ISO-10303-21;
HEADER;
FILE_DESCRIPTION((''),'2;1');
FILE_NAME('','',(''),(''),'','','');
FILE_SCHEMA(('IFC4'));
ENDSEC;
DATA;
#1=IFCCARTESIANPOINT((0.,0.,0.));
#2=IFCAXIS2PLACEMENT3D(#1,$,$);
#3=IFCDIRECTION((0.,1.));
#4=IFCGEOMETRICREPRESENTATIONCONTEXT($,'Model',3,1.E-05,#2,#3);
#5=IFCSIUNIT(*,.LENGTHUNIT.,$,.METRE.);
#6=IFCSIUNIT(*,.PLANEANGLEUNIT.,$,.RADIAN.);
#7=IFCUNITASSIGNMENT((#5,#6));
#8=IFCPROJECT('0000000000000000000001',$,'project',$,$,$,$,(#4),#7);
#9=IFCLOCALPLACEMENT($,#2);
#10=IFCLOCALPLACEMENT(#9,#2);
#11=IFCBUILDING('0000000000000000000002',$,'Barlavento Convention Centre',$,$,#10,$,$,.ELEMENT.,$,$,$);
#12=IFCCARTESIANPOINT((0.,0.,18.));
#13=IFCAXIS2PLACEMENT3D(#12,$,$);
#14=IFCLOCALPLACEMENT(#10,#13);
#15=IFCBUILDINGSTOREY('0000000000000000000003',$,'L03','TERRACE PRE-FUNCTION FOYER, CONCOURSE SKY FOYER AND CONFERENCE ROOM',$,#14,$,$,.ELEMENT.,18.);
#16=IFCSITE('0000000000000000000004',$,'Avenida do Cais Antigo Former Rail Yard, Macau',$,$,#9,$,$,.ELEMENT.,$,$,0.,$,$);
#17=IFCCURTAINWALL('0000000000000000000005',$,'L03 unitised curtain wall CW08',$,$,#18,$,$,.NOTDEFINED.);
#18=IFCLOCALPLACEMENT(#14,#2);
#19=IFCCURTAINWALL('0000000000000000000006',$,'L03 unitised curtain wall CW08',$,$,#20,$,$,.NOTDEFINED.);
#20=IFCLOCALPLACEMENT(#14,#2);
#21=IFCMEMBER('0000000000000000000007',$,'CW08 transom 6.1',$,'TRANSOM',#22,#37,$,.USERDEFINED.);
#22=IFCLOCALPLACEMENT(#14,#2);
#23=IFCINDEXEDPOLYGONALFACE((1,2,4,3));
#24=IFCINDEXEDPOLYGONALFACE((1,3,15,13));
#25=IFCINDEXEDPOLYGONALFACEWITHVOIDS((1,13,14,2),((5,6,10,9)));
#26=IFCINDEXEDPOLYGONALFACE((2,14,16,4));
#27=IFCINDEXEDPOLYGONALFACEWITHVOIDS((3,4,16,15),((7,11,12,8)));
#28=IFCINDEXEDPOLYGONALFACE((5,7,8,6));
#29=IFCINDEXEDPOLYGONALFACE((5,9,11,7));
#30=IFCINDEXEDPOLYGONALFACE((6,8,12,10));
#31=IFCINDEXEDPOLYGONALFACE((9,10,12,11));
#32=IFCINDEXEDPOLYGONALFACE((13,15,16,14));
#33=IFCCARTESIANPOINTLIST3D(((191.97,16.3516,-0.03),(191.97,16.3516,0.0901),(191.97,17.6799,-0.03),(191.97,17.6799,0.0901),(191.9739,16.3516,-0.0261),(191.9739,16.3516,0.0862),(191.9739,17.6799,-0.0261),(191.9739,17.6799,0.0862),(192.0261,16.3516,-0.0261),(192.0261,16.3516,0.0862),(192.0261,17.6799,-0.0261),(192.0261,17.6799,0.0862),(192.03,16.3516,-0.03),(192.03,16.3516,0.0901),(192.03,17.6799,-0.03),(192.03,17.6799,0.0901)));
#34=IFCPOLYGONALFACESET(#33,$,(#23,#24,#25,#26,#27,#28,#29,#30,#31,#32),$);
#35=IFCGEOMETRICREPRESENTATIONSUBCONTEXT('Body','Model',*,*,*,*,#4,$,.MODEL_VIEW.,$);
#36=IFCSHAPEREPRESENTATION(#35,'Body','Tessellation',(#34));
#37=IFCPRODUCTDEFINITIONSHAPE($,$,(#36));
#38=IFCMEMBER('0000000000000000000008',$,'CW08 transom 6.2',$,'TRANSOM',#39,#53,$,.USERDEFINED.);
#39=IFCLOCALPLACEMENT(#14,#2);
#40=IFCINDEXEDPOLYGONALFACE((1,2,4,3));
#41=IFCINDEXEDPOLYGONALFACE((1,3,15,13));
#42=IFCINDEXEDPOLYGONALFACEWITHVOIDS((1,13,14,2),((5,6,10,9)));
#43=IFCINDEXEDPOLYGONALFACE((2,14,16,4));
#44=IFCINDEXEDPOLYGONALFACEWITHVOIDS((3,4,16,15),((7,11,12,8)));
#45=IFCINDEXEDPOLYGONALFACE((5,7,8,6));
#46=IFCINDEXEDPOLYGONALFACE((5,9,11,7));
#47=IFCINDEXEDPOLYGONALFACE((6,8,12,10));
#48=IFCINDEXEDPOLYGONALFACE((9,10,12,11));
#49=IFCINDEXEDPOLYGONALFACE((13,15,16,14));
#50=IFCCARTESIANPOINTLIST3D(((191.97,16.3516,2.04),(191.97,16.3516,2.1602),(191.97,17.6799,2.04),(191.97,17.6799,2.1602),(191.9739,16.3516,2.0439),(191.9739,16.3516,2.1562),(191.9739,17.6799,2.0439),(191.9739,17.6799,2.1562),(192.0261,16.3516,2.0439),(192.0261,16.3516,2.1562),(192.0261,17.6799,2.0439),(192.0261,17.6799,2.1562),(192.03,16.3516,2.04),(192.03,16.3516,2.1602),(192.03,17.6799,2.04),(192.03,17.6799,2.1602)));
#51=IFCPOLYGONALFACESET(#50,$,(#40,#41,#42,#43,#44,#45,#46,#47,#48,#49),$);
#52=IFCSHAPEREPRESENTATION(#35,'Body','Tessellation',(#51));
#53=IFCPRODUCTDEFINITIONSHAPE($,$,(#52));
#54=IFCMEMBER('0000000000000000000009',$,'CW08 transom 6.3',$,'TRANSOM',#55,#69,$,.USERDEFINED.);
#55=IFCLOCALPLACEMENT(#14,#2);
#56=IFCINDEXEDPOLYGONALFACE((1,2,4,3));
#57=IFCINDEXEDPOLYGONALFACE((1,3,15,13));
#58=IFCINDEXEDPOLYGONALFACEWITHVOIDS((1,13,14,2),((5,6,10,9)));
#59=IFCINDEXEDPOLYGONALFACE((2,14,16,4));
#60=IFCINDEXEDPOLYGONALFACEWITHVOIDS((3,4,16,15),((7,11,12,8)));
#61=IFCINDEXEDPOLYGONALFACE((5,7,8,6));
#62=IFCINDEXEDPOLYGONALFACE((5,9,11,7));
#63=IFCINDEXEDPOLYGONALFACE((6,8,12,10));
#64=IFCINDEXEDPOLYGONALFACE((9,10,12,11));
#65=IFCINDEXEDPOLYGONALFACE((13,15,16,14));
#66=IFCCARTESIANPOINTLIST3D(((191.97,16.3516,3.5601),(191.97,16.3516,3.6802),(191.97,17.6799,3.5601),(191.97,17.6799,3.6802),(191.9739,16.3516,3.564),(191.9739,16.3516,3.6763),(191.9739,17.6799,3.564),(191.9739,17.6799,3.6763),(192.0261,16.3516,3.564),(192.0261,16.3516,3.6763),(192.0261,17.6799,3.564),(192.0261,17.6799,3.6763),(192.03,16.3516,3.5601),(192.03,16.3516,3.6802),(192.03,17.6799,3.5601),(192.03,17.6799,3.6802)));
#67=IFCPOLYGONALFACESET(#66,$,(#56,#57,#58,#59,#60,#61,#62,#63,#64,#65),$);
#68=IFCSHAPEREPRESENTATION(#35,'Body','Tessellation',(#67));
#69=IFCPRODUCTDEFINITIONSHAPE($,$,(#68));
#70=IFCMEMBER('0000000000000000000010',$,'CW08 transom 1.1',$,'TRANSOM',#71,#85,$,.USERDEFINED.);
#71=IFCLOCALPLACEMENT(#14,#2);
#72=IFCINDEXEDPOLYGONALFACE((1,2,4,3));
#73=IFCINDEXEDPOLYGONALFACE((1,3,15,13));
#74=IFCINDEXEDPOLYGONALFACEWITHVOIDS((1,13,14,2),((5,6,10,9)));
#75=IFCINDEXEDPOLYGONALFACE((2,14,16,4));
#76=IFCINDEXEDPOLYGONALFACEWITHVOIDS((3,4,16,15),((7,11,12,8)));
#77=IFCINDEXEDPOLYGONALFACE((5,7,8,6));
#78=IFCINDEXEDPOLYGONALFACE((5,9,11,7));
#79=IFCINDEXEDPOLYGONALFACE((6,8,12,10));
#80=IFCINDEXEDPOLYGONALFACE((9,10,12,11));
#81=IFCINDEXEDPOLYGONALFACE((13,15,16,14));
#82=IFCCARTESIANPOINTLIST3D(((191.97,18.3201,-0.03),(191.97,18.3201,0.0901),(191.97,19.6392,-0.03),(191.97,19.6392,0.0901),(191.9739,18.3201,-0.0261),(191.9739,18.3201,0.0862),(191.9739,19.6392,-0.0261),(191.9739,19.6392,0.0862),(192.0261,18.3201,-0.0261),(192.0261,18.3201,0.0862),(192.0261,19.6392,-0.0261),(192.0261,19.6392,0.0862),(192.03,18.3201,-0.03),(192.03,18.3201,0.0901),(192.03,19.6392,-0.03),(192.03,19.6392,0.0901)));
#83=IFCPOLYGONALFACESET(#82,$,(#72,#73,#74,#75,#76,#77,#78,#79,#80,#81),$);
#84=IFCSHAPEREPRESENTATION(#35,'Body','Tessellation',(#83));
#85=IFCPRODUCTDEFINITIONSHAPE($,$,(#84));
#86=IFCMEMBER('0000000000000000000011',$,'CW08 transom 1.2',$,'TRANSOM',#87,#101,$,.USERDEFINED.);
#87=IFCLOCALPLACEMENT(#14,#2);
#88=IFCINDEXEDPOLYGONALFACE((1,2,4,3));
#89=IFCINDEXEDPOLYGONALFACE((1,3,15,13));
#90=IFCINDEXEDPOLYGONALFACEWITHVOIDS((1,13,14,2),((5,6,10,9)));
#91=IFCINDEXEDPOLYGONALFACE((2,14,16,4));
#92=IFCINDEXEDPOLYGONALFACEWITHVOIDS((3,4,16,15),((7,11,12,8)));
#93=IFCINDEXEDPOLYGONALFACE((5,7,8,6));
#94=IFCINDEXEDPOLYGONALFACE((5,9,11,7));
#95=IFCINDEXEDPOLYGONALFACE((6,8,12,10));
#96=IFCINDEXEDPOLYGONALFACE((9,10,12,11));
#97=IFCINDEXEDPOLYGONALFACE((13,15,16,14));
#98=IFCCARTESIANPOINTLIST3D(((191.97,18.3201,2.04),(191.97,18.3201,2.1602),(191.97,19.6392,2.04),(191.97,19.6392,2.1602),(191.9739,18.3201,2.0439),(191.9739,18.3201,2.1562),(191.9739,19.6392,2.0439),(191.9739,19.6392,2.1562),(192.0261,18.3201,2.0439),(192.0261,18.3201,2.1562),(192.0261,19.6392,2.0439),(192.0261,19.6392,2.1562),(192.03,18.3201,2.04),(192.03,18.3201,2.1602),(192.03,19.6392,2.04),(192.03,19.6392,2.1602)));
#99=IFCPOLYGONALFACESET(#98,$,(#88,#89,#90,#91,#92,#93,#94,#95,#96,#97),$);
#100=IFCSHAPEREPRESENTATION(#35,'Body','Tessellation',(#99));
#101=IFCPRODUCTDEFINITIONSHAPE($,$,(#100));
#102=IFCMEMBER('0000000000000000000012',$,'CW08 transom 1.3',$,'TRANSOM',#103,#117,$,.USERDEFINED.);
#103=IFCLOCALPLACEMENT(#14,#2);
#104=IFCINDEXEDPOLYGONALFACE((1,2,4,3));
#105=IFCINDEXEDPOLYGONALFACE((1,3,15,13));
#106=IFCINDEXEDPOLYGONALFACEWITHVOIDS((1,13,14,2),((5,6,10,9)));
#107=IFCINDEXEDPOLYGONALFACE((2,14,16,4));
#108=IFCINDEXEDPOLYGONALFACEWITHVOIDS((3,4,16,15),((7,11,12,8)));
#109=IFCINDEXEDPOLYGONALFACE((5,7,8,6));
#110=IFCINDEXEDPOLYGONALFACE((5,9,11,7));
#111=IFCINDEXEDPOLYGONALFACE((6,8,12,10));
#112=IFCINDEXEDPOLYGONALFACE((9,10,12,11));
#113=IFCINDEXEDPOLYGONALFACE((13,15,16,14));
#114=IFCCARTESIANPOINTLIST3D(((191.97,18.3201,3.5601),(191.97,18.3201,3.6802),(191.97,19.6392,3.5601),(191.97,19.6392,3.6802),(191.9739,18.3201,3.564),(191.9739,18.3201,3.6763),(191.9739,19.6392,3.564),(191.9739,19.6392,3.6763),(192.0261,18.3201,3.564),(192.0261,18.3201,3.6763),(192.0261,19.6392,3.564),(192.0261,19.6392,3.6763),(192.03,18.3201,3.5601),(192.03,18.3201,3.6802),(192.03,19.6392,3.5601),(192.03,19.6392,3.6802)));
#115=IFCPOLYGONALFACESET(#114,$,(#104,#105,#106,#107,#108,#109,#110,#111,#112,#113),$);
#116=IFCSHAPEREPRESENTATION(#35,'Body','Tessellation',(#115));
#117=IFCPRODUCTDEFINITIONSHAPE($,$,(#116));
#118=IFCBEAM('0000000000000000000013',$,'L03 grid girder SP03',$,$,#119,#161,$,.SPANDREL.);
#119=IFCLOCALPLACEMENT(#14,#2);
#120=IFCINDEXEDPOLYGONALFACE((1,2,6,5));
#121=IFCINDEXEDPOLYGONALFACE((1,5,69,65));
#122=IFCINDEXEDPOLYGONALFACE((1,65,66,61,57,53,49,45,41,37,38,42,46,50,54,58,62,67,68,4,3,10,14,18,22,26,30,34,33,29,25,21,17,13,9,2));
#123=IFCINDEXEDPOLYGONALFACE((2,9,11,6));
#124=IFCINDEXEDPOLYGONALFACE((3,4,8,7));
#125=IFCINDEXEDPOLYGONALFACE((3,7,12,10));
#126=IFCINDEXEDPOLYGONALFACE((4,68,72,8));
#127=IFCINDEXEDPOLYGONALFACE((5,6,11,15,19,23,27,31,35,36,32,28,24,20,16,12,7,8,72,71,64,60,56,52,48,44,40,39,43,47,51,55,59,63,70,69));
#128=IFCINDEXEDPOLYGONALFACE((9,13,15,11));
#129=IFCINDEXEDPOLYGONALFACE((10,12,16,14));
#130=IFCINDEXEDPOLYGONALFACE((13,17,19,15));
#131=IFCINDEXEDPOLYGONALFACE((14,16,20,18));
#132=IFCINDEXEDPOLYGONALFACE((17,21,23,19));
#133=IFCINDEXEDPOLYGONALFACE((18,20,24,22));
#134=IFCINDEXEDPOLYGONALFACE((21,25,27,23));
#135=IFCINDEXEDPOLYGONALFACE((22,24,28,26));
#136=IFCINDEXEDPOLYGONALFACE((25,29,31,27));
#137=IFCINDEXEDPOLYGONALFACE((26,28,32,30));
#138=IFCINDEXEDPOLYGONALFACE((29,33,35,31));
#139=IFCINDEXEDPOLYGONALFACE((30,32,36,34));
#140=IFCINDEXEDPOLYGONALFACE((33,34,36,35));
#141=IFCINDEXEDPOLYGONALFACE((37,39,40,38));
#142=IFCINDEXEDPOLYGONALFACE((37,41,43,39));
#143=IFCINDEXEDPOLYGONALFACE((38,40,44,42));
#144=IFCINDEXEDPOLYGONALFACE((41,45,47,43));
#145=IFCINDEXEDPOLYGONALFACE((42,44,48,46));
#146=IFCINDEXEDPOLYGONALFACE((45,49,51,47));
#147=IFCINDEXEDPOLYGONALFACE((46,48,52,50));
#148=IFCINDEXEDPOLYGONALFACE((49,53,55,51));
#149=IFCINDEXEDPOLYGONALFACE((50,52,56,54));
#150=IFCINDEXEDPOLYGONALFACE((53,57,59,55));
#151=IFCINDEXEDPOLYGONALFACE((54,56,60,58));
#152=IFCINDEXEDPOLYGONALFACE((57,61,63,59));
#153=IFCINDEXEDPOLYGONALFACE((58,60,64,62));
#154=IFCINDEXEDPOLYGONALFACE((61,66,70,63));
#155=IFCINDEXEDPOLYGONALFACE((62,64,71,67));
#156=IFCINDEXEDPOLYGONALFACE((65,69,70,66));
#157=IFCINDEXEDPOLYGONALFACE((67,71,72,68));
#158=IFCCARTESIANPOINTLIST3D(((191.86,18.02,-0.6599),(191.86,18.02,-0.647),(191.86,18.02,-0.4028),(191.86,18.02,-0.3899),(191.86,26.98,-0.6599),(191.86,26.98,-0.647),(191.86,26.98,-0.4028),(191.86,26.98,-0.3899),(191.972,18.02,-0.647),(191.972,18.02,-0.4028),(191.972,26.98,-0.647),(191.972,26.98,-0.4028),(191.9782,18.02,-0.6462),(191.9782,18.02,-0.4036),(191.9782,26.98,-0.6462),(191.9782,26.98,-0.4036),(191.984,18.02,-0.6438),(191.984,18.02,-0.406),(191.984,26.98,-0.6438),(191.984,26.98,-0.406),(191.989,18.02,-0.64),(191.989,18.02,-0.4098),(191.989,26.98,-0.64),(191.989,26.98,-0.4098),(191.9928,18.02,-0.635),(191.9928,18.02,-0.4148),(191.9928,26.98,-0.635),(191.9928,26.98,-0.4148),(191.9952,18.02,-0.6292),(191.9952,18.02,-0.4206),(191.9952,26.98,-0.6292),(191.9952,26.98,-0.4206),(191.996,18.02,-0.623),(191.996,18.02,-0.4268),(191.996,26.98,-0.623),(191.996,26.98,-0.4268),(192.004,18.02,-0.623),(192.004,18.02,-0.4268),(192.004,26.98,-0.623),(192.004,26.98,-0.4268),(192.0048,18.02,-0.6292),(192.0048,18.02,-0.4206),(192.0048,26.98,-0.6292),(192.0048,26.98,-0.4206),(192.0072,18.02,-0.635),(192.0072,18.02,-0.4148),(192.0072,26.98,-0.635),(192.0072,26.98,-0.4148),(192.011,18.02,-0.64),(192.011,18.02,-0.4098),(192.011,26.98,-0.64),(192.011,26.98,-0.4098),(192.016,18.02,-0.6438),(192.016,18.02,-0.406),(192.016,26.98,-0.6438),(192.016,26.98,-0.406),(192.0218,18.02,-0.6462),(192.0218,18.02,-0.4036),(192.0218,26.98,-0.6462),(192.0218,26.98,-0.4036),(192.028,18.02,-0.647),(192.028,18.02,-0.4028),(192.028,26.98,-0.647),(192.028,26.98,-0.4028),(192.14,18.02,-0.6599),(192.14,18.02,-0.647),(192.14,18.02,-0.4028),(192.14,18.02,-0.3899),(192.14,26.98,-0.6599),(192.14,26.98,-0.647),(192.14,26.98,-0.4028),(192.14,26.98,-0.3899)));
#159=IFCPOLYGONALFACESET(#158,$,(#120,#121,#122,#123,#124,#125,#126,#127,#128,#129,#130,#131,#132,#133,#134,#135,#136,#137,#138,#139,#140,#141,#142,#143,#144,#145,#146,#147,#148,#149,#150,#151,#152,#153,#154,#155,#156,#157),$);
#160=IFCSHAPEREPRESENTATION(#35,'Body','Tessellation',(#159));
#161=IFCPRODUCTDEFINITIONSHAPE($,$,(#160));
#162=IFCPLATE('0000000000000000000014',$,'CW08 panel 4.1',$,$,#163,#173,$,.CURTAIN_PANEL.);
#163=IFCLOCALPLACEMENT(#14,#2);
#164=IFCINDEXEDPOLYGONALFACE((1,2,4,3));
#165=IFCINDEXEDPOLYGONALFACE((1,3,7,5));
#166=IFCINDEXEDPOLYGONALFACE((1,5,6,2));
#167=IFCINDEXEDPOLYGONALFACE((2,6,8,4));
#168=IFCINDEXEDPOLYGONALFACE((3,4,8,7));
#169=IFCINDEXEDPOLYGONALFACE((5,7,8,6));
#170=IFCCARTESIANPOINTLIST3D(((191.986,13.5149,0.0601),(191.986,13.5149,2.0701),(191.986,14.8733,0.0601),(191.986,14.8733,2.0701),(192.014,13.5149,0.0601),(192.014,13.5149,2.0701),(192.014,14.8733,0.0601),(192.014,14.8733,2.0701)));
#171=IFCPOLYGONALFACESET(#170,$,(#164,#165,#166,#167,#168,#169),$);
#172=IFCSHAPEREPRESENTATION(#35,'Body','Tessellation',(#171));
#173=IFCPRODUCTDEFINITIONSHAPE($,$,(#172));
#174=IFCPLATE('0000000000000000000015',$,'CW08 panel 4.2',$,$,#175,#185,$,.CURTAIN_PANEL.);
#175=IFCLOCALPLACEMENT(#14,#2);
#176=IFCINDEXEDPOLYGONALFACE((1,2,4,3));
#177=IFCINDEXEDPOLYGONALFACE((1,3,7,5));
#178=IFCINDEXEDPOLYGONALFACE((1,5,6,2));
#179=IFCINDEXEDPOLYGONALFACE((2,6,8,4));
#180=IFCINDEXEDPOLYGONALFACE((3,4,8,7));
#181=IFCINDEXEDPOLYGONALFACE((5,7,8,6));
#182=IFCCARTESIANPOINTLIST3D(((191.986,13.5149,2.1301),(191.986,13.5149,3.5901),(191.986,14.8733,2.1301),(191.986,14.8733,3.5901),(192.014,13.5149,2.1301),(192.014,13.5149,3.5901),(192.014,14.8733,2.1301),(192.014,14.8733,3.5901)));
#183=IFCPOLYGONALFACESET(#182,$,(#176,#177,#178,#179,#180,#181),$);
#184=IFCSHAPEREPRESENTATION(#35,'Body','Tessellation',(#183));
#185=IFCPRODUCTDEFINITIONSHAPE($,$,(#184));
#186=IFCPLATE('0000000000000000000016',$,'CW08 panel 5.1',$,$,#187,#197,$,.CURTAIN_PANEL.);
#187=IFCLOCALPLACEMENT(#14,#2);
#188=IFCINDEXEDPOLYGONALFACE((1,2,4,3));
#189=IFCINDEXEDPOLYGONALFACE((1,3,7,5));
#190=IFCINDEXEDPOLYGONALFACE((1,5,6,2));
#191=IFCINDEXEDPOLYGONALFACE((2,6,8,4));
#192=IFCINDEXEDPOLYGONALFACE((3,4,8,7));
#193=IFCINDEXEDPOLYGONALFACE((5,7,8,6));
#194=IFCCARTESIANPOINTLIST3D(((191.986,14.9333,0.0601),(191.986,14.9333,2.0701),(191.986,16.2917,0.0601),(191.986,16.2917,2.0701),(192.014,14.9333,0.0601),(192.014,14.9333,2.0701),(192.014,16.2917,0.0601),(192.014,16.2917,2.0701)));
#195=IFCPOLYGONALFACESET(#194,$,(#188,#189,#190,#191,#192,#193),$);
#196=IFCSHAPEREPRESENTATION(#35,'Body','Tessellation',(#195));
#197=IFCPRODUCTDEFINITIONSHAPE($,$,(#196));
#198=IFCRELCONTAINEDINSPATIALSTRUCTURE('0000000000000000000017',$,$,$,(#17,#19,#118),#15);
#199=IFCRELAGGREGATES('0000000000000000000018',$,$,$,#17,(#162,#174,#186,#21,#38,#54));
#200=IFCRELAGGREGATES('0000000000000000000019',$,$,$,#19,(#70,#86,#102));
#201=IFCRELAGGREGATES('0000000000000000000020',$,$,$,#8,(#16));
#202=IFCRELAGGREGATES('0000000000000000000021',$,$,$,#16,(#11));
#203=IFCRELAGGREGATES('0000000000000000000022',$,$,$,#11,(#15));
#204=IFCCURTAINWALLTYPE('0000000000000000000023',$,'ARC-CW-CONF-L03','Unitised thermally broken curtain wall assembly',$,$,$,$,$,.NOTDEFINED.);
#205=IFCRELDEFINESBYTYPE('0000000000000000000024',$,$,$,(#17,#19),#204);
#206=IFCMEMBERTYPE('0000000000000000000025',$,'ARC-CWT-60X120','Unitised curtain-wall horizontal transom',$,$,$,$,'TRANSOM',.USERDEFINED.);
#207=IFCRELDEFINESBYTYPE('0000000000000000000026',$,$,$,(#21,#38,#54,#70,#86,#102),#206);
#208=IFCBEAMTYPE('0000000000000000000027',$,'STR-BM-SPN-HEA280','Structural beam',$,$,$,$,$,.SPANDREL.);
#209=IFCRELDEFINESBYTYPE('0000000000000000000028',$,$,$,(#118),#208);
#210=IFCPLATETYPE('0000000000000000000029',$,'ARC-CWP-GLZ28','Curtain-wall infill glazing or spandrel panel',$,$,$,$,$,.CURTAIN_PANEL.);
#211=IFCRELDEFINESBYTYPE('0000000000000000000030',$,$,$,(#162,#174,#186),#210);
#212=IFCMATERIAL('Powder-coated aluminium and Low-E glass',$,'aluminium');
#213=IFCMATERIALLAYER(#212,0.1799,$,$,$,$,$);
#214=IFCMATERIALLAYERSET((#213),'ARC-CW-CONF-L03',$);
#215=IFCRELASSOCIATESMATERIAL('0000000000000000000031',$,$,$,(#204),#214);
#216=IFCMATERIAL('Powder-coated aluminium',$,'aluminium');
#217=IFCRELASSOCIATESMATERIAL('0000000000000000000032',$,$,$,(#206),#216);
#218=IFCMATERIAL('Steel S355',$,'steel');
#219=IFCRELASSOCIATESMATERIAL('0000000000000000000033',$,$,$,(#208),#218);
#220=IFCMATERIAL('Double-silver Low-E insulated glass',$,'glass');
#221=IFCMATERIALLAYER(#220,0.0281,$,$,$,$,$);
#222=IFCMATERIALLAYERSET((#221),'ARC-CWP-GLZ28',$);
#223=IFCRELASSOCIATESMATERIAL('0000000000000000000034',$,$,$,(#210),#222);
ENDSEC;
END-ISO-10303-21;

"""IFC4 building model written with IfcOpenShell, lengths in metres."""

from ifc_helpers import new_model, si_unit, direction, frame, origin, origin_2d, place, context, subcontext, project, spatial, rectangle, hollow_rectangle, i_section, extrude, material, layer, layer_set, material_profile, profile_set, type_object, element, aggregate, save


model = new_model("IFC4")

# Units and contexts
model_context = context("Model", 3, precision=1e-05, world=origin(), true_north=direction((0.0, 1.0)))
body_context = subcontext(model_context, "Body", "Model", "MODEL_VIEW")
ifc_project = project(units=[si_unit("LENGTHUNIT", "METRE"), si_unit("PLANEANGLEUNIT", "RADIAN")], contexts=[model_context])

# Site, building, storey
site_placement = place(None, origin())
site = spatial("IfcSite", under=ifc_project, at=site_placement, Name="Avenida do Cais Antigo Former Rail Yard, Macau", CompositionType="ELEMENT", RefElevation=0.0)
building_placement = place(site_placement, origin())
building = spatial("IfcBuilding", under=site, at=building_placement, Name="Barlavento Convention Centre", CompositionType="ELEMENT")
storey_placement = place(building_placement, frame((0.0, 0.0, 18.0)))
storey = spatial("IfcBuildingStorey", under=building, at=storey_placement, Name="L03", Description="TERRACE PRE-FUNCTION FOYER, CONCOURSE SKY FOYER AND CONFERENCE ROOM", CompositionType="ELEMENT", Elevation=18.0)

# Shared definitions
ifc_material_1 = material(Name="Steel S355", Category="steel")

# Curtain wall
ifc_material_2 = material(Name="Powder-coated aluminium and Low-E glass", Category="aluminium")
ifc_layer_1 = layer(ifc_material_2, 0.1799)
ifc_layer_set_1 = layer_set([ifc_layer_1], Name="ARC-CW-CONF-L03")
curtain_wall_type = type_object("IfcCurtainWallType", Name="ARC-CW-CONF-L03", Description="Unitised thermally broken curtain wall assembly", PredefinedType="NOTDEFINED", material=ifc_layer_set_1)
curtain_wall_1_placement = place(storey_placement, origin())
curtain_wall_1 = element("IfcCurtainWall", 1, at=curtain_wall_1_placement, inside=storey, type_object=curtain_wall_type, Name="L03 unitised curtain wall CW08", PredefinedType="NOTDEFINED")
ifc_material_3 = material(Name="Powder-coated aluminium", Category="aluminium")

# Curtain wall
curtain_wall_2_placement = place(storey_placement, origin())
curtain_wall_2 = element("IfcCurtainWall", 2, at=curtain_wall_2_placement, inside=storey, type_object=curtain_wall_type, Name="L03 unitised curtain wall CW08", PredefinedType="NOTDEFINED")

# Members
ifc_material_profile_1 = material_profile(ifc_material_3, hollow_rectangle(XDim=0.0601, YDim=0.1201, WallThickness=0.0039, at=origin_2d()), Name="AL-TRAN 60x120x4")
ifc_profile_set_1 = profile_set([ifc_material_profile_1], Name="Powder-coated aluminium")
member_type_1 = type_object("IfcMemberType", Name="ARC-CWT-60X120", Description="Unitised curtain-wall horizontal transom", ElementType="TRANSOM", PredefinedType="USERDEFINED", material=ifc_profile_set_1)
member_1_placement = place(storey_placement, frame((192.0, 16.3516, 0.03), z_axis=(0.0, 1.0, 0.0), x_axis=(-1.0, 0.0, 0.0)))
member_1 = element("IfcMember", 3, at=member_1_placement, type_object=member_type_1, Name="CW08 transom 6.1", ObjectType="TRANSOM", PredefinedType="USERDEFINED", context=body_context, shape_type="SweptSolid", body=[
    extrude(hollow_rectangle(XDim=0.0601, YDim=0.1201, WallThickness=0.0039, at=origin_2d()), origin(), (0.0, 0.0, 1.0), 1.3284),
])
member_2_placement = place(storey_placement, frame((192.0, 16.3516, 2.1001), z_axis=(0.0, 1.0, 0.0), x_axis=(-1.0, 0.0, 0.0)))
member_2 = element("IfcMember", 4, at=member_2_placement, type_object=member_type_1, Name="CW08 transom 6.2", ObjectType="TRANSOM", PredefinedType="USERDEFINED", context=body_context, shape_type="SweptSolid", body=[
    extrude(hollow_rectangle(XDim=0.0601, YDim=0.1201, WallThickness=0.0039, at=origin_2d()), origin(), (0.0, 0.0, 1.0), 1.3284),
])
member_3_placement = place(storey_placement, frame((192.0, 16.3516, 3.6201), z_axis=(0.0, 1.0, 0.0), x_axis=(-1.0, 0.0, 0.0)))
member_3 = element("IfcMember", 5, at=member_3_placement, type_object=member_type_1, Name="CW08 transom 6.3", ObjectType="TRANSOM", PredefinedType="USERDEFINED", context=body_context, shape_type="SweptSolid", body=[
    extrude(hollow_rectangle(XDim=0.0601, YDim=0.1201, WallThickness=0.0039, at=origin_2d()), origin(), (0.0, 0.0, 1.0), 1.3284),
])
member_4_placement = place(storey_placement, frame((192.0, 18.3201, 0.03), z_axis=(0.0, 1.0, 0.0), x_axis=(-1.0, 0.0, 0.0)))
member_4 = element("IfcMember", 6, at=member_4_placement, type_object=member_type_1, Name="CW08 transom 1.1", ObjectType="TRANSOM", PredefinedType="USERDEFINED", context=body_context, shape_type="SweptSolid", body=[
    extrude(hollow_rectangle(XDim=0.0601, YDim=0.1201, WallThickness=0.0039, at=origin_2d()), origin(), (0.0, 0.0, 1.0), 1.3191),
])
member_5_placement = place(storey_placement, frame((192.0, 18.3201, 2.1001), z_axis=(0.0, 1.0, 0.0), x_axis=(-1.0, 0.0, 0.0)))
member_5 = element("IfcMember", 7, at=member_5_placement, type_object=member_type_1, Name="CW08 transom 1.2", ObjectType="TRANSOM", PredefinedType="USERDEFINED", context=body_context, shape_type="SweptSolid", body=[
    extrude(hollow_rectangle(XDim=0.0601, YDim=0.1201, WallThickness=0.0039, at=origin_2d()), origin(), (0.0, 0.0, 1.0), 1.3191),
])
member_6_placement = place(storey_placement, frame((192.0, 18.3201, 3.6201), z_axis=(0.0, 1.0, 0.0), x_axis=(-1.0, 0.0, 0.0)))
member_6 = element("IfcMember", 8, at=member_6_placement, type_object=member_type_1, Name="CW08 transom 1.3", ObjectType="TRANSOM", PredefinedType="USERDEFINED", context=body_context, shape_type="SweptSolid", body=[
    extrude(hollow_rectangle(XDim=0.0601, YDim=0.1201, WallThickness=0.0039, at=origin_2d()), origin(), (0.0, 0.0, 1.0), 1.3191),
])

# Beam
ifc_material_profile_2 = material_profile(ifc_material_1, i_section(OverallWidth=0.28, OverallDepth=0.27, WebThickness=0.0081, FlangeThickness=0.0129, FilletRadius=0.0239, at=origin_2d()), Name="HEA 280")
ifc_profile_set_2 = profile_set([ifc_material_profile_2], Name="Steel S355")
beam_type = type_object("IfcBeamType", Name="STR-BM-SPN-HEA280", Description="Structural beam", PredefinedType="SPANDREL", material=ifc_profile_set_2)
beam_placement = place(storey_placement, frame((192.0, 18.02, -0.5249), z_axis=(0.0, 1.0, 0.0), x_axis=(-1.0, 0.0, 0.0)))
element("IfcBeam", 9, at=beam_placement, inside=storey, type_object=beam_type, Name="L03 grid girder SP03", PredefinedType="SPANDREL", context=body_context, shape_type="SweptSolid", body=[
    extrude(i_section(OverallWidth=0.28, OverallDepth=0.27, WebThickness=0.0081, FlangeThickness=0.0129, FilletRadius=0.0239, at=origin_2d()), origin(), (0.0, 0.0, 1.0), 8.96),
])

# Plates
ifc_material_4 = material(Name="Double-silver Low-E insulated glass", Category="glass")
ifc_layer_2 = layer(ifc_material_4, 0.0281)
ifc_layer_set_2 = layer_set([ifc_layer_2], Name="ARC-CWP-GLZ28")
plate_type = type_object("IfcPlateType", Name="ARC-CWP-GLZ28", Description="Curtain-wall infill glazing or spandrel panel", PredefinedType="CURTAIN_PANEL", material=ifc_layer_set_2)
plate_1_placement = place(storey_placement, frame((192.0, 14.1941, 0.0601), z_axis=(0.0, 0.0, 1.0), x_axis=(0.0, 1.0, 0.0)))
plate_1 = element("IfcPlate", 10, at=plate_1_placement, type_object=plate_type, Name="CW08 panel 4.1", PredefinedType="CURTAIN_PANEL", context=body_context, shape_type="SweptSolid", body=[
    extrude(rectangle(XDim=1.3584, YDim=0.0281, at=origin_2d()), origin(), (0.0, 0.0, 1.0), 2.01),
])
plate_2_placement = place(storey_placement, frame((192.0, 14.1941, 2.1301), z_axis=(0.0, 0.0, 1.0), x_axis=(0.0, 1.0, 0.0)))
plate_2 = element("IfcPlate", 11, at=plate_2_placement, type_object=plate_type, Name="CW08 panel 4.2", PredefinedType="CURTAIN_PANEL", context=body_context, shape_type="SweptSolid", body=[
    extrude(rectangle(XDim=1.3584, YDim=0.0281, at=origin_2d()), origin(), (0.0, 0.0, 1.0), 1.46),
])
plate_3_placement = place(storey_placement, frame((192.0, 15.6125, 0.0601), z_axis=(0.0, 0.0, 1.0), x_axis=(0.0, 1.0, 0.0)))
plate_3 = element("IfcPlate", 12, at=plate_3_placement, type_object=plate_type, Name="CW08 panel 5.1", PredefinedType="CURTAIN_PANEL", context=body_context, shape_type="SweptSolid", body=[
    extrude(rectangle(XDim=1.3584, YDim=0.0281, at=origin_2d()), origin(), (0.0, 0.0, 1.0), 2.01),
])
aggregate(curtain_wall_1, [plate_1, plate_2, plate_3, member_1, member_2, member_3])
aggregate(curtain_wall_2, [member_4, member_5, member_6])

save(model, "model.ifc")
